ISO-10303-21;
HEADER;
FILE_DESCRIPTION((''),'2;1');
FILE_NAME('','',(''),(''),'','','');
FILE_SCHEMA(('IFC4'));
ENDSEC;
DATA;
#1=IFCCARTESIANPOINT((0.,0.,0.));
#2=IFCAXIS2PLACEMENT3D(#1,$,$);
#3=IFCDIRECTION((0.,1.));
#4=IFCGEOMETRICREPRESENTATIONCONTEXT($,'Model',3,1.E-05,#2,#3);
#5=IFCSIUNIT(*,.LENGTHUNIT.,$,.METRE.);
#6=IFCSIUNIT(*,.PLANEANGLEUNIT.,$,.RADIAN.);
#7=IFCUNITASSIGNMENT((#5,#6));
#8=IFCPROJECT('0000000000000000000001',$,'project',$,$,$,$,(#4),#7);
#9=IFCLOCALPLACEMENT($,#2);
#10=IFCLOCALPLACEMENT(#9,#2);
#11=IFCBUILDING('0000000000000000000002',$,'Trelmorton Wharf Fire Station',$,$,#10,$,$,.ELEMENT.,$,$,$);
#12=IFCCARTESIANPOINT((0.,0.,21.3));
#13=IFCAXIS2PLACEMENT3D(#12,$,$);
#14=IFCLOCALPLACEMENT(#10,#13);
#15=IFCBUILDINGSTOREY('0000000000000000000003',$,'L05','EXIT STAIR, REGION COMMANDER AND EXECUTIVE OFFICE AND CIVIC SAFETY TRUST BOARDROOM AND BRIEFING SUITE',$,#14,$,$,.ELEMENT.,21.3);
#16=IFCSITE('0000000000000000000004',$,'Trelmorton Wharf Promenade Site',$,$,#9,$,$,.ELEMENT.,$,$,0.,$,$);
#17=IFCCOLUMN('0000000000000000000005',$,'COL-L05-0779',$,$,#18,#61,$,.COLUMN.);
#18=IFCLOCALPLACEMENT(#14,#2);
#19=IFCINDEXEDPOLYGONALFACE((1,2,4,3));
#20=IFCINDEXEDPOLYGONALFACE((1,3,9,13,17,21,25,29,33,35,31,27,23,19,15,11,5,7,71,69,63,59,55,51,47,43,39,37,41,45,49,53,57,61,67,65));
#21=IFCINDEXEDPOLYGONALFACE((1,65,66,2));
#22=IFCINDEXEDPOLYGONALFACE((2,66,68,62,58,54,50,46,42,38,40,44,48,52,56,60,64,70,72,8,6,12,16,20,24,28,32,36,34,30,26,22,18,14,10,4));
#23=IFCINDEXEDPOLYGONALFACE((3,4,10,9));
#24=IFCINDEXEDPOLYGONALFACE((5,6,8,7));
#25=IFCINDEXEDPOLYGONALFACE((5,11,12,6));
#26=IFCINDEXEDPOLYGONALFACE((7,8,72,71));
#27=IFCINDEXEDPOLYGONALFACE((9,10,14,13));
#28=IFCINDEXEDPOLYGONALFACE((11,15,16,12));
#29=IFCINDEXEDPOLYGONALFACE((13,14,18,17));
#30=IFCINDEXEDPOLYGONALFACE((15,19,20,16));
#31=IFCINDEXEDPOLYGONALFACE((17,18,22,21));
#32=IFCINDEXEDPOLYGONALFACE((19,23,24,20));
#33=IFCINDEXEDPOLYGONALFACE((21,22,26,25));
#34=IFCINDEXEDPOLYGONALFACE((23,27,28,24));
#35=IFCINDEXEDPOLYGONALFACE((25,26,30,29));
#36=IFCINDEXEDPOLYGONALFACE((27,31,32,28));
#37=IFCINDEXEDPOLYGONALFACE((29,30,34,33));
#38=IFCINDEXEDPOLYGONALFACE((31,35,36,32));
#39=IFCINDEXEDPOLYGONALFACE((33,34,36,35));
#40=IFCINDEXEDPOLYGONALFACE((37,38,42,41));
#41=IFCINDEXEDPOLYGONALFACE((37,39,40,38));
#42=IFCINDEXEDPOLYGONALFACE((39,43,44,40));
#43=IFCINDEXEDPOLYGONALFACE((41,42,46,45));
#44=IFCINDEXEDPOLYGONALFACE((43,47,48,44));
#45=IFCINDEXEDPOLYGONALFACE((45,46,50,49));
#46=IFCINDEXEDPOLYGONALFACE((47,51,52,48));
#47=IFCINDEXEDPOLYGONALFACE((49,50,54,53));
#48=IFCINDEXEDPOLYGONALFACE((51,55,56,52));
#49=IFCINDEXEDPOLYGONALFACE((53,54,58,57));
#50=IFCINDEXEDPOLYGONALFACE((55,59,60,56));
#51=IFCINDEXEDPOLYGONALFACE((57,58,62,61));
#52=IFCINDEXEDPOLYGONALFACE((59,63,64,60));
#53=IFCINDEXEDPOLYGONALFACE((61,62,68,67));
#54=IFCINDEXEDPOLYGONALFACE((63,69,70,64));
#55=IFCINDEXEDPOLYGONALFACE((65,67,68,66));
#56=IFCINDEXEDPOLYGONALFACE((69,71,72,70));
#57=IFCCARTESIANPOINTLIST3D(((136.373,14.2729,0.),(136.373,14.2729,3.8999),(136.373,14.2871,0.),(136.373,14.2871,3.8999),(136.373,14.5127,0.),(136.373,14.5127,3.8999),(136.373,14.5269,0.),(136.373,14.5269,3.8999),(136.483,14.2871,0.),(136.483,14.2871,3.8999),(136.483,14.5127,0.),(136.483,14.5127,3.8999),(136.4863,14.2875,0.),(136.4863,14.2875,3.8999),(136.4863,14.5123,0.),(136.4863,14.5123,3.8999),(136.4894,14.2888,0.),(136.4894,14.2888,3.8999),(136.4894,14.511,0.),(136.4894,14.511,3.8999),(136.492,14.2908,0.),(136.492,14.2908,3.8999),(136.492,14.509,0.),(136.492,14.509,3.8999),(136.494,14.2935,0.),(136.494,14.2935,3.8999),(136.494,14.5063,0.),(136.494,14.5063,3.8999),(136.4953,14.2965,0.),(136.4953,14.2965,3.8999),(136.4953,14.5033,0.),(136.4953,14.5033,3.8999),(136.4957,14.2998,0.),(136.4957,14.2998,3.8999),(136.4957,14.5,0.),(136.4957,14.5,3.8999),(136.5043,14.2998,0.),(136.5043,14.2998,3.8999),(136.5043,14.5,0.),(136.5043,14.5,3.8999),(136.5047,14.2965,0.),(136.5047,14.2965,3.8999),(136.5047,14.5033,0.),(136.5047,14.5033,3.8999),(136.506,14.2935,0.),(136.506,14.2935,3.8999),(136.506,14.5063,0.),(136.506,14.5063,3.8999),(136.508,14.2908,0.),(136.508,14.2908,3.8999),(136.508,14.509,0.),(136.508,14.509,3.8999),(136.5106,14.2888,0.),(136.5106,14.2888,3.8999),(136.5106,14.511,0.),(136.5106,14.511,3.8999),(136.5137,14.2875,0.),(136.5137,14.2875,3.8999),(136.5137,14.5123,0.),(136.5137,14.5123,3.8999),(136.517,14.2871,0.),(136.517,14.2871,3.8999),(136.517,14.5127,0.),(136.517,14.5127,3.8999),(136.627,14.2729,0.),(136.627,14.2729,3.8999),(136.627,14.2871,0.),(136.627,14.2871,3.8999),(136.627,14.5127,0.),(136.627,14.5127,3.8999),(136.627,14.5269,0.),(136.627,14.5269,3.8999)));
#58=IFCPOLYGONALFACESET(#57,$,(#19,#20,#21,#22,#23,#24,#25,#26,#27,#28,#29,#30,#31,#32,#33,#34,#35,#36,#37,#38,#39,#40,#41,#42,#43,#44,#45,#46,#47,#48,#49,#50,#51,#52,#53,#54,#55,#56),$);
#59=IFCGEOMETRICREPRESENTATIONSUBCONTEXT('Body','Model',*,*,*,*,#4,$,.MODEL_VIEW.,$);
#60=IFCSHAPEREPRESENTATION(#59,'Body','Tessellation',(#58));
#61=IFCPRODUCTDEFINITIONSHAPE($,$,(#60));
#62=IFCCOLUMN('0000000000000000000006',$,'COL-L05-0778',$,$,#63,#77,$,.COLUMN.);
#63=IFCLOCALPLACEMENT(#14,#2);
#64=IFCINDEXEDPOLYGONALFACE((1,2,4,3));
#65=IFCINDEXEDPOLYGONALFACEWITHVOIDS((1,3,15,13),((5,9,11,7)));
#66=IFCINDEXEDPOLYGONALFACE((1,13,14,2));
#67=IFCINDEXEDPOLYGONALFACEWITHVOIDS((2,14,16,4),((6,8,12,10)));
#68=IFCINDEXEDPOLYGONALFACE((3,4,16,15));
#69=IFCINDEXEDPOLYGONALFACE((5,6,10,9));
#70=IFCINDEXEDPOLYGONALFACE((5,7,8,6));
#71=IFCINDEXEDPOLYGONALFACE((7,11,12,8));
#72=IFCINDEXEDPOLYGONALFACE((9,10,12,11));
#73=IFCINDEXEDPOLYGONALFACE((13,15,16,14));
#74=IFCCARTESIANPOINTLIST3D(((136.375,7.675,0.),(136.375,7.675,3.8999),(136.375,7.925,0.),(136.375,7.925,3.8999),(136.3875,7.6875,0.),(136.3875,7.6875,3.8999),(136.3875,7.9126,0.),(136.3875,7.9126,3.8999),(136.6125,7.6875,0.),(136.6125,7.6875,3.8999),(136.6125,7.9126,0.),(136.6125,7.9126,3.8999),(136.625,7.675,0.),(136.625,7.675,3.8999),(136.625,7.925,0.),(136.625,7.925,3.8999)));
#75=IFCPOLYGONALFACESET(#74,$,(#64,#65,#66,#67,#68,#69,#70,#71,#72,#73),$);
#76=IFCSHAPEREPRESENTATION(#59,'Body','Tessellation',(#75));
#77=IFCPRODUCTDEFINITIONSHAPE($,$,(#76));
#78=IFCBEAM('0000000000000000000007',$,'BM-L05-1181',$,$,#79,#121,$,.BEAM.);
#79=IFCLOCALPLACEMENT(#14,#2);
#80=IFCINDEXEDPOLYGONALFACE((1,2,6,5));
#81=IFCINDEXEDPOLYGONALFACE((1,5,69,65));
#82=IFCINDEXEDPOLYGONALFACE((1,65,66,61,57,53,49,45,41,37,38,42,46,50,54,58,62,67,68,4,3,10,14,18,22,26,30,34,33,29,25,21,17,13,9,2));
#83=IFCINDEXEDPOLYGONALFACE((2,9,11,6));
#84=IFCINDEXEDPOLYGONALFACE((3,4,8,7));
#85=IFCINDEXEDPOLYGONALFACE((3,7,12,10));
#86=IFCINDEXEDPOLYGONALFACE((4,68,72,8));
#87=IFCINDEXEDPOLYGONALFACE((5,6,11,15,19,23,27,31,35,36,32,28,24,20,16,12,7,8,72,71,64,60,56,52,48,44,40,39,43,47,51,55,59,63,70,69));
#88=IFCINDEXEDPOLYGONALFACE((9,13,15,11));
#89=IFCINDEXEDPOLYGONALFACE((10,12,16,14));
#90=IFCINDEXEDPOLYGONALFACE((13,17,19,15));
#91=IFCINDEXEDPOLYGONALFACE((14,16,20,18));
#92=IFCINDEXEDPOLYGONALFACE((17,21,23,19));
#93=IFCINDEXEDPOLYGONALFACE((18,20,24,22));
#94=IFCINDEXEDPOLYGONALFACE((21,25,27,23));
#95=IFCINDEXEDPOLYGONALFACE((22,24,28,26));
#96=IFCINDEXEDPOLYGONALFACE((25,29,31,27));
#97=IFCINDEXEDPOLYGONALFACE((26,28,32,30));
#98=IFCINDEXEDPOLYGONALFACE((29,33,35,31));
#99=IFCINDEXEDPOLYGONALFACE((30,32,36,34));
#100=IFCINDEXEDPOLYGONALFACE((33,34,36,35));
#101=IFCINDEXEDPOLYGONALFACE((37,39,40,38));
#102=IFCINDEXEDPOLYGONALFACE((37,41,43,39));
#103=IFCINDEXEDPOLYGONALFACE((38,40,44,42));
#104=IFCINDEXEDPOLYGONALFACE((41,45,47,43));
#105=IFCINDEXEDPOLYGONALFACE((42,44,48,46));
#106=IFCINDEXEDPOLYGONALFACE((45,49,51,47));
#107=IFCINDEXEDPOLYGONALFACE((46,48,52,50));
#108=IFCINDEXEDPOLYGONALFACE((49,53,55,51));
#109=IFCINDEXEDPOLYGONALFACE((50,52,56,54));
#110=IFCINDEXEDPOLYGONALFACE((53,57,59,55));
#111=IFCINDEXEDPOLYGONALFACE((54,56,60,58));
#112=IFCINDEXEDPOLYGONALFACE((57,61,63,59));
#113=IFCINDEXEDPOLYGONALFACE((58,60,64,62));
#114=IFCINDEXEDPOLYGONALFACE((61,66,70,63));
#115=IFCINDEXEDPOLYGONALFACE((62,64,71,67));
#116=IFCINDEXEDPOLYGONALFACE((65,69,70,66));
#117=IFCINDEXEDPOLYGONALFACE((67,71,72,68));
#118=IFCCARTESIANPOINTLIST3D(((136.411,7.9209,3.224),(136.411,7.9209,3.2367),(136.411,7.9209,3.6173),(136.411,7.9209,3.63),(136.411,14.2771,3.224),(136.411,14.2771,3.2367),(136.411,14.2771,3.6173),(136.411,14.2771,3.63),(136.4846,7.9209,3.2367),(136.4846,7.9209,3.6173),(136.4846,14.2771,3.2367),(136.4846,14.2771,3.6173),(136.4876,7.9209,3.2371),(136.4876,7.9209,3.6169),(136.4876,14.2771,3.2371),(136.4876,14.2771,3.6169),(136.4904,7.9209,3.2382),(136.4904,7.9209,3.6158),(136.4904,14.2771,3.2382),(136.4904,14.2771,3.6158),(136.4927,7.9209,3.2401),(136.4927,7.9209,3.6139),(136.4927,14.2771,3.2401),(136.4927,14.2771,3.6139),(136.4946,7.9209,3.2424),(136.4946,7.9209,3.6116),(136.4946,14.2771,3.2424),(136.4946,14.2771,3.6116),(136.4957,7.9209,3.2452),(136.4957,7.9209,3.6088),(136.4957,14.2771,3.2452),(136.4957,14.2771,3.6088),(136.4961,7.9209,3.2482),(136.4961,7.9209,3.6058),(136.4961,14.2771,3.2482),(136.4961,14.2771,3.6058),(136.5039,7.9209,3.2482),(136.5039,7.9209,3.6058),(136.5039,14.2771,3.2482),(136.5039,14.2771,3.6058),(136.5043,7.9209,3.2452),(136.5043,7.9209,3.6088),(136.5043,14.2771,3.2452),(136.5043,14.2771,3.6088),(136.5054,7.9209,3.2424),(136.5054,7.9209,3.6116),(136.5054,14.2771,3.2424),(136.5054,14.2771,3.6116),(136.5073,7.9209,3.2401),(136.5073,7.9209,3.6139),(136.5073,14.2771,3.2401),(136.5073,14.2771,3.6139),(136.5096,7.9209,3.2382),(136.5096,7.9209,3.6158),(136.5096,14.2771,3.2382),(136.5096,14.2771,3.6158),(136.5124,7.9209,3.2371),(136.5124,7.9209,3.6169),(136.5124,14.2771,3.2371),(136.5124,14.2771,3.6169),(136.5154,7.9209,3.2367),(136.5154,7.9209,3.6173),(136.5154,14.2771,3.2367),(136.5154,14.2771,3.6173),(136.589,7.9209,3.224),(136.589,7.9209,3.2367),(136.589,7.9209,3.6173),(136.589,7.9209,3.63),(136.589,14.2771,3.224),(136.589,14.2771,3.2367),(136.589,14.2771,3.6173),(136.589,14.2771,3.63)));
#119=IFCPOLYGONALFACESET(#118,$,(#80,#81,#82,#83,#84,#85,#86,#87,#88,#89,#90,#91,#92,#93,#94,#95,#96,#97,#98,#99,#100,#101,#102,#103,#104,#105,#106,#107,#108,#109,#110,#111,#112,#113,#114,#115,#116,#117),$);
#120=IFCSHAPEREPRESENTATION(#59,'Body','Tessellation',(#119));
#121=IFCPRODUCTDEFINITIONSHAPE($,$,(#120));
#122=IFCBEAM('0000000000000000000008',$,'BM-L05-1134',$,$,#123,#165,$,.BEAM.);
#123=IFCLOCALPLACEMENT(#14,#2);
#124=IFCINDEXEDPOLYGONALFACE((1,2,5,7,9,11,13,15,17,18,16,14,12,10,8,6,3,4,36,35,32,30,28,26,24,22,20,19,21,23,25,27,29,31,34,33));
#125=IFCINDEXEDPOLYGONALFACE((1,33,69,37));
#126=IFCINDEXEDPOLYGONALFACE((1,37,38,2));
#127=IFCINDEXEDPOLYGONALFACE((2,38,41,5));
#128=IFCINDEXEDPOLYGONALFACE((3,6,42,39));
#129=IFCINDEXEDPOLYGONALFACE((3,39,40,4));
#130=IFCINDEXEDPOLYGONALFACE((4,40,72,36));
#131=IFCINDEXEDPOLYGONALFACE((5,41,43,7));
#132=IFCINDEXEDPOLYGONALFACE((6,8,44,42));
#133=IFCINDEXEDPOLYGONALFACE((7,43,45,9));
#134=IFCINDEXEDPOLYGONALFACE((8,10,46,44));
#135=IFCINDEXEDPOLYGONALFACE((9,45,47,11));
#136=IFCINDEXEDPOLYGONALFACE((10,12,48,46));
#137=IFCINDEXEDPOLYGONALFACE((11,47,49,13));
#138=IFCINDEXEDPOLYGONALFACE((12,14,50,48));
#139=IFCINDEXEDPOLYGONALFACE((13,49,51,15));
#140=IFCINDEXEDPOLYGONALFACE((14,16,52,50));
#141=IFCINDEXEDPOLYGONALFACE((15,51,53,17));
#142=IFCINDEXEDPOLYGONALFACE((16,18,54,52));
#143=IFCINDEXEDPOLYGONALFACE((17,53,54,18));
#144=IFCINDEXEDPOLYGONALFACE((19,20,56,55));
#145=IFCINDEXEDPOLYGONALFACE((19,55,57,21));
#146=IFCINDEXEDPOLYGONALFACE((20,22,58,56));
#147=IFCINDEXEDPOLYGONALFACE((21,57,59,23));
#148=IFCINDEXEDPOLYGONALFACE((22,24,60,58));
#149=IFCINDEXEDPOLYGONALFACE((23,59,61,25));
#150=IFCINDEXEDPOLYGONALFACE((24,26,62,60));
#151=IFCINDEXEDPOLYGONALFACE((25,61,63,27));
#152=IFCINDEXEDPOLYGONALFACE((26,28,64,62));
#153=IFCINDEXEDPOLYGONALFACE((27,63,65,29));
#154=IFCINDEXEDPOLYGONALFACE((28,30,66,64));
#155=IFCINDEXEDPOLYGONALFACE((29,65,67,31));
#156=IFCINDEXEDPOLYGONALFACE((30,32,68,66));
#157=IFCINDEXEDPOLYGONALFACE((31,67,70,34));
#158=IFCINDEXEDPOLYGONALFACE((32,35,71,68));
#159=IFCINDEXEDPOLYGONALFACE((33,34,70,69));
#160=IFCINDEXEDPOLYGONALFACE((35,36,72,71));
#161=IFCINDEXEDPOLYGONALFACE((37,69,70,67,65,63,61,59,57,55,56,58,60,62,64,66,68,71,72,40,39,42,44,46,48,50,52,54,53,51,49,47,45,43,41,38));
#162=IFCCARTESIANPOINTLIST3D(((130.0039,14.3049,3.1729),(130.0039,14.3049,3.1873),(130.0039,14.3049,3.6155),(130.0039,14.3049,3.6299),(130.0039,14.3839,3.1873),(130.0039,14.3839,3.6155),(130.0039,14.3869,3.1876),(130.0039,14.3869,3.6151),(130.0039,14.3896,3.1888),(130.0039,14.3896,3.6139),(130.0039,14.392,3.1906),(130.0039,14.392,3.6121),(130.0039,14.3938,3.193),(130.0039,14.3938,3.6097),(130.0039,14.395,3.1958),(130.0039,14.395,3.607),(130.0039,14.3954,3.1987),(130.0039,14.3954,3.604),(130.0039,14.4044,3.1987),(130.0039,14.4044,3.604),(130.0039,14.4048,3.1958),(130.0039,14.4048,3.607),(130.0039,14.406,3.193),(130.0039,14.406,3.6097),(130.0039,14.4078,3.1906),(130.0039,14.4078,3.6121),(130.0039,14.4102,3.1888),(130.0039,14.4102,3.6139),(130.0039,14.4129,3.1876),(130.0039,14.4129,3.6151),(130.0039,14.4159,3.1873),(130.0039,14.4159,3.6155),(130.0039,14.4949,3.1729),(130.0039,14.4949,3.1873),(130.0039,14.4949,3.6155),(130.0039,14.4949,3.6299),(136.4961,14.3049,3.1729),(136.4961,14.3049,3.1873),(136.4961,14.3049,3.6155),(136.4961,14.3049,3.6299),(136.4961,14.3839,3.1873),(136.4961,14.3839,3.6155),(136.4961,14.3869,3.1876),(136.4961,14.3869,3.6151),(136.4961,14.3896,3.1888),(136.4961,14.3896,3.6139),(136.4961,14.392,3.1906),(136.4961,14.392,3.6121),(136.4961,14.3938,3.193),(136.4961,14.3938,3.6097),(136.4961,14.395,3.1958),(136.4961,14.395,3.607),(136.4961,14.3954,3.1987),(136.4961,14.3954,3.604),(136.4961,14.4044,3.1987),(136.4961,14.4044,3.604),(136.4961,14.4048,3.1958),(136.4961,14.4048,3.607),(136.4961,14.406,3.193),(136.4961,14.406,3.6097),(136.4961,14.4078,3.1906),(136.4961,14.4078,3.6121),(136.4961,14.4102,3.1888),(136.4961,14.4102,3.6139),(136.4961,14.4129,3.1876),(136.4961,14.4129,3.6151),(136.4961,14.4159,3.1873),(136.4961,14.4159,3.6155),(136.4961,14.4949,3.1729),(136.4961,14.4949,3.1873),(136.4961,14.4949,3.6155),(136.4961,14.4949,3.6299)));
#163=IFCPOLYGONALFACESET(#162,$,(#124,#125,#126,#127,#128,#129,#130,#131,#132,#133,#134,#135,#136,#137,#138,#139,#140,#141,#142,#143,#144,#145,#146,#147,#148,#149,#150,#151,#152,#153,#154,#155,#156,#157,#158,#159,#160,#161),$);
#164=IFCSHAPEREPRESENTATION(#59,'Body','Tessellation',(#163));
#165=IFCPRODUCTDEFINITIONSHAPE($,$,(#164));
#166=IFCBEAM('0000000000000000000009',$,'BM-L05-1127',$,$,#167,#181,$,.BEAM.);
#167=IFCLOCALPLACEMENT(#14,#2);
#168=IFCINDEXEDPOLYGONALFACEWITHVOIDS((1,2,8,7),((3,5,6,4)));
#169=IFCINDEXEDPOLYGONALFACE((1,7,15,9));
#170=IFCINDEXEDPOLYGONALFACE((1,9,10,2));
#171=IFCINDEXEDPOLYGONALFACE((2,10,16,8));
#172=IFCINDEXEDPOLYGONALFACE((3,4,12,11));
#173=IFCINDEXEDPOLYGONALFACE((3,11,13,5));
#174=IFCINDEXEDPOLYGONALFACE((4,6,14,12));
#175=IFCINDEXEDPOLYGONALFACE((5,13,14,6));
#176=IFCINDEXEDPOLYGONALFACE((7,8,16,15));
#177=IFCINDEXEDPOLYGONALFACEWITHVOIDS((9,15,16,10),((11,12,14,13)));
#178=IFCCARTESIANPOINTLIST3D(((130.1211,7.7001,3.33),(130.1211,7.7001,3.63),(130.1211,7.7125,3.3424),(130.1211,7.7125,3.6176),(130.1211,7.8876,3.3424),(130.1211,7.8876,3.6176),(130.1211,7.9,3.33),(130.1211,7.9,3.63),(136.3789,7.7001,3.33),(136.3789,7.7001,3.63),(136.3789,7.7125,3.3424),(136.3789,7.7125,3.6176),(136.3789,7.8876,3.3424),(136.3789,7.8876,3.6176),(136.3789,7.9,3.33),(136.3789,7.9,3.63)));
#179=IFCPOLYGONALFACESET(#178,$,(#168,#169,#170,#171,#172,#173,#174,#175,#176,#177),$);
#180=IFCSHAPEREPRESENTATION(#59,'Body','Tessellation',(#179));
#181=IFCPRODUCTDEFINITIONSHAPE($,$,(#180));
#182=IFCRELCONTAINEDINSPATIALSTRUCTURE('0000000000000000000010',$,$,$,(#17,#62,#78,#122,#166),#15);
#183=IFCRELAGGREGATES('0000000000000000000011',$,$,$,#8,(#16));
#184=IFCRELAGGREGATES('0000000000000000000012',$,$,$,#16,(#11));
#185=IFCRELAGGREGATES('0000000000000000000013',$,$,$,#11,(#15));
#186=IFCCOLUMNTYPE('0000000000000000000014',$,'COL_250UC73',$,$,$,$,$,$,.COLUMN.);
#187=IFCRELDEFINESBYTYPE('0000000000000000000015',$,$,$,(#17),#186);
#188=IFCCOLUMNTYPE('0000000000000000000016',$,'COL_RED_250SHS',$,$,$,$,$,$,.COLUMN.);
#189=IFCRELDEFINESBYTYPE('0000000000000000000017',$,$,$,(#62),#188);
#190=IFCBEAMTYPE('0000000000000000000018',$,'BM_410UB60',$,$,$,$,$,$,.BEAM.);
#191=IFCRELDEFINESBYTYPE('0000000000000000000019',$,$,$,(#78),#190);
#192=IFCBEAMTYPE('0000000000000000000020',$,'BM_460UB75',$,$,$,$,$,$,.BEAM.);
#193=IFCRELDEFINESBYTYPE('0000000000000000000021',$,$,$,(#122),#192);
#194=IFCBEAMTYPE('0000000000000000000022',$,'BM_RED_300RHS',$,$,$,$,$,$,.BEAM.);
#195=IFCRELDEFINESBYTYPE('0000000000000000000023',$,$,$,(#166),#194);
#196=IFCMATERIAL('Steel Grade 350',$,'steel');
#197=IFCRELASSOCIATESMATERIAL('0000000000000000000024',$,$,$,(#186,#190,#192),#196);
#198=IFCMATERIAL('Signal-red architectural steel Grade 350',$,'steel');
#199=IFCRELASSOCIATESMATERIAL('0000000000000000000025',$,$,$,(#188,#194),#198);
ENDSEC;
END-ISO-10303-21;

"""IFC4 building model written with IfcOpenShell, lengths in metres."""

from ifc_helpers import new_model, si_unit, direction, frame, origin, origin_2d, place, context, subcontext, project, spatial, hollow_rectangle, i_section, extrude, material, material_profile, profile_set, type_object, element, save


model = new_model("IFC4")

# Units and contexts
model_context = context("Model", 3, precision=1e-05, world=origin(), true_north=direction((0.0, 1.0)))
body_context = subcontext(model_context, "Body", "Model", "MODEL_VIEW")
ifc_project = project(units=[si_unit("LENGTHUNIT", "METRE"), si_unit("PLANEANGLEUNIT", "RADIAN")], contexts=[model_context])

# Site, building, storey
site_placement = place(None, origin())
site = spatial("IfcSite", under=ifc_project, at=site_placement, Name="Trelmorton Wharf Promenade Site", CompositionType="ELEMENT", RefElevation=0.0)
building_placement = place(site_placement, origin())
building = spatial("IfcBuilding", under=site, at=building_placement, Name="Trelmorton Wharf Fire Station", CompositionType="ELEMENT")
storey_placement = place(building_placement, frame((0.0, 0.0, 21.3)))
storey = spatial("IfcBuildingStorey", under=building, at=storey_placement, Name="L05", Description="EXIT STAIR, REGION COMMANDER AND EXECUTIVE OFFICE AND CIVIC SAFETY TRUST BOARDROOM AND BRIEFING SUITE", CompositionType="ELEMENT", Elevation=21.3)

# Columns
ifc_material_1 = material(Name="Steel Grade 350", Category="steel")
ifc_material_profile_1 = material_profile(ifc_material_1, i_section(OverallWidth=0.2539, OverallDepth=0.2539, WebThickness=0.0085, FlangeThickness=0.0142, FilletRadius=0.0127, at=origin_2d()), Name="250UC72.9")
ifc_profile_set_1 = profile_set([ifc_material_profile_1], Name="Steel Grade 350")
column_type_1 = type_object("IfcColumnType", Name="COL_250UC73", PredefinedType="COLUMN", material=ifc_profile_set_1)
column_1_placement = place(storey_placement, frame((136.5, 14.3999, 0.0), z_axis=(0.0, 0.0, 1.0), x_axis=(1.0, 0.0, 0.0)))
element("IfcColumn", 1, at=column_1_placement, inside=storey, type_object=column_type_1, Name="COL-L05-0779", PredefinedType="COLUMN", context=body_context, shape_type="SweptSolid", body=[
    extrude(i_section(OverallWidth=0.2539, OverallDepth=0.2539, WebThickness=0.0085, FlangeThickness=0.0142, FilletRadius=0.0127, at=origin_2d()), origin(), (0.0, 0.0, 1.0), 3.8999),
])
ifc_material_2 = material(Name="Signal-red architectural steel Grade 350", Category="steel")
ifc_material_profile_2 = material_profile(ifc_material_2, hollow_rectangle(XDim=0.25, YDim=0.25, WallThickness=0.0125, at=origin_2d()), Name="250x250x12.5SHS")
ifc_profile_set_2 = profile_set([ifc_material_profile_2], Name="Signal-red architectural steel Grade 350")
column_type_2 = type_object("IfcColumnType", Name="COL_RED_250SHS", PredefinedType="COLUMN", material=ifc_profile_set_2)
column_2_placement = place(storey_placement, frame((136.5, 7.8, 0.0), z_axis=(0.0, 0.0, 1.0), x_axis=(1.0, 0.0, 0.0)))
element("IfcColumn", 2, at=column_2_placement, inside=storey, type_object=column_type_2, Name="COL-L05-0778", PredefinedType="COLUMN", context=body_context, shape_type="SweptSolid", body=[
    extrude(hollow_rectangle(XDim=0.25, YDim=0.25, WallThickness=0.0125, at=origin_2d()), origin(), (0.0, 0.0, 1.0), 3.8999),
])

# Beams
ifc_material_profile_3 = material_profile(ifc_material_1, i_section(OverallWidth=0.178, OverallDepth=0.406, WebThickness=0.0078, FlangeThickness=0.0127, FilletRadius=0.0115, at=origin_2d()), Name="410UB59.7")
ifc_profile_set_3 = profile_set([ifc_material_profile_3], Name="Steel Grade 350")
beam_type_1 = type_object("IfcBeamType", Name="BM_410UB60", PredefinedType="BEAM", material=ifc_profile_set_3)
beam_1_placement = place(storey_placement, frame((136.5, 7.9209, 3.427), z_axis=(0.0, 1.0, 0.0), x_axis=(-1.0, 0.0, 0.0)))
element("IfcBeam", 3, at=beam_1_placement, inside=storey, type_object=beam_type_1, Name="BM-L05-1181", PredefinedType="BEAM", context=body_context, shape_type="SweptSolid", body=[
    extrude(i_section(OverallWidth=0.178, OverallDepth=0.406, WebThickness=0.0078, FlangeThickness=0.0127, FilletRadius=0.0115, at=origin_2d()), origin(), (0.0, 0.0, 1.0), 6.3562),
])
ifc_material_profile_4 = material_profile(ifc_material_1, i_section(OverallWidth=0.1899, OverallDepth=0.457, WebThickness=0.009, FlangeThickness=0.0144, FilletRadius=0.0115, at=origin_2d()), Name="460UB74.6")
ifc_profile_set_4 = profile_set([ifc_material_profile_4], Name="Steel Grade 350")
beam_type_2 = type_object("IfcBeamType", Name="BM_460UB75", PredefinedType="BEAM", material=ifc_profile_set_4)
beam_2_placement = place(storey_placement, frame((130.0039, 14.3999, 3.4014), z_axis=(1.0, 0.0, 0.0), x_axis=(0.0, 1.0, 0.0)))
element("IfcBeam", 4, at=beam_2_placement, inside=storey, type_object=beam_type_2, Name="BM-L05-1134", PredefinedType="BEAM", context=body_context, shape_type="SweptSolid", body=[
    extrude(i_section(OverallWidth=0.1899, OverallDepth=0.457, WebThickness=0.009, FlangeThickness=0.0144, FilletRadius=0.0115, at=origin_2d()), origin(), (0.0, 0.0, 1.0), 6.4922),
])
ifc_material_profile_5 = material_profile(ifc_material_2, hollow_rectangle(XDim=0.2, YDim=0.3, WallThickness=0.0125, at=origin_2d()), Name="300x200x12.5RHS")
ifc_profile_set_5 = profile_set([ifc_material_profile_5], Name="Signal-red architectural steel Grade 350")
beam_type_3 = type_object("IfcBeamType", Name="BM_RED_300RHS", PredefinedType="BEAM", material=ifc_profile_set_5)
for number, where, z_axis, x_axis, name in (
    (5, (130.1211, 7.8, 3.48), (1.0, 0.0, 0.0), (0.0, 1.0, 0.0), "BM-L05-1127"),
):
    element("IfcBeam", number, at=place(storey_placement, frame(where, z_axis=z_axis, x_axis=x_axis)), inside=storey, type_object=beam_type_3, Name=name, PredefinedType="BEAM", context=body_context, shape_type="SweptSolid", body=[
        extrude(hollow_rectangle(XDim=0.2, YDim=0.3, WallThickness=0.0125, at=origin_2d()), origin(), (0.0, 0.0, 1.0), 6.2578),
    ])

save(model, "model.ifc")
